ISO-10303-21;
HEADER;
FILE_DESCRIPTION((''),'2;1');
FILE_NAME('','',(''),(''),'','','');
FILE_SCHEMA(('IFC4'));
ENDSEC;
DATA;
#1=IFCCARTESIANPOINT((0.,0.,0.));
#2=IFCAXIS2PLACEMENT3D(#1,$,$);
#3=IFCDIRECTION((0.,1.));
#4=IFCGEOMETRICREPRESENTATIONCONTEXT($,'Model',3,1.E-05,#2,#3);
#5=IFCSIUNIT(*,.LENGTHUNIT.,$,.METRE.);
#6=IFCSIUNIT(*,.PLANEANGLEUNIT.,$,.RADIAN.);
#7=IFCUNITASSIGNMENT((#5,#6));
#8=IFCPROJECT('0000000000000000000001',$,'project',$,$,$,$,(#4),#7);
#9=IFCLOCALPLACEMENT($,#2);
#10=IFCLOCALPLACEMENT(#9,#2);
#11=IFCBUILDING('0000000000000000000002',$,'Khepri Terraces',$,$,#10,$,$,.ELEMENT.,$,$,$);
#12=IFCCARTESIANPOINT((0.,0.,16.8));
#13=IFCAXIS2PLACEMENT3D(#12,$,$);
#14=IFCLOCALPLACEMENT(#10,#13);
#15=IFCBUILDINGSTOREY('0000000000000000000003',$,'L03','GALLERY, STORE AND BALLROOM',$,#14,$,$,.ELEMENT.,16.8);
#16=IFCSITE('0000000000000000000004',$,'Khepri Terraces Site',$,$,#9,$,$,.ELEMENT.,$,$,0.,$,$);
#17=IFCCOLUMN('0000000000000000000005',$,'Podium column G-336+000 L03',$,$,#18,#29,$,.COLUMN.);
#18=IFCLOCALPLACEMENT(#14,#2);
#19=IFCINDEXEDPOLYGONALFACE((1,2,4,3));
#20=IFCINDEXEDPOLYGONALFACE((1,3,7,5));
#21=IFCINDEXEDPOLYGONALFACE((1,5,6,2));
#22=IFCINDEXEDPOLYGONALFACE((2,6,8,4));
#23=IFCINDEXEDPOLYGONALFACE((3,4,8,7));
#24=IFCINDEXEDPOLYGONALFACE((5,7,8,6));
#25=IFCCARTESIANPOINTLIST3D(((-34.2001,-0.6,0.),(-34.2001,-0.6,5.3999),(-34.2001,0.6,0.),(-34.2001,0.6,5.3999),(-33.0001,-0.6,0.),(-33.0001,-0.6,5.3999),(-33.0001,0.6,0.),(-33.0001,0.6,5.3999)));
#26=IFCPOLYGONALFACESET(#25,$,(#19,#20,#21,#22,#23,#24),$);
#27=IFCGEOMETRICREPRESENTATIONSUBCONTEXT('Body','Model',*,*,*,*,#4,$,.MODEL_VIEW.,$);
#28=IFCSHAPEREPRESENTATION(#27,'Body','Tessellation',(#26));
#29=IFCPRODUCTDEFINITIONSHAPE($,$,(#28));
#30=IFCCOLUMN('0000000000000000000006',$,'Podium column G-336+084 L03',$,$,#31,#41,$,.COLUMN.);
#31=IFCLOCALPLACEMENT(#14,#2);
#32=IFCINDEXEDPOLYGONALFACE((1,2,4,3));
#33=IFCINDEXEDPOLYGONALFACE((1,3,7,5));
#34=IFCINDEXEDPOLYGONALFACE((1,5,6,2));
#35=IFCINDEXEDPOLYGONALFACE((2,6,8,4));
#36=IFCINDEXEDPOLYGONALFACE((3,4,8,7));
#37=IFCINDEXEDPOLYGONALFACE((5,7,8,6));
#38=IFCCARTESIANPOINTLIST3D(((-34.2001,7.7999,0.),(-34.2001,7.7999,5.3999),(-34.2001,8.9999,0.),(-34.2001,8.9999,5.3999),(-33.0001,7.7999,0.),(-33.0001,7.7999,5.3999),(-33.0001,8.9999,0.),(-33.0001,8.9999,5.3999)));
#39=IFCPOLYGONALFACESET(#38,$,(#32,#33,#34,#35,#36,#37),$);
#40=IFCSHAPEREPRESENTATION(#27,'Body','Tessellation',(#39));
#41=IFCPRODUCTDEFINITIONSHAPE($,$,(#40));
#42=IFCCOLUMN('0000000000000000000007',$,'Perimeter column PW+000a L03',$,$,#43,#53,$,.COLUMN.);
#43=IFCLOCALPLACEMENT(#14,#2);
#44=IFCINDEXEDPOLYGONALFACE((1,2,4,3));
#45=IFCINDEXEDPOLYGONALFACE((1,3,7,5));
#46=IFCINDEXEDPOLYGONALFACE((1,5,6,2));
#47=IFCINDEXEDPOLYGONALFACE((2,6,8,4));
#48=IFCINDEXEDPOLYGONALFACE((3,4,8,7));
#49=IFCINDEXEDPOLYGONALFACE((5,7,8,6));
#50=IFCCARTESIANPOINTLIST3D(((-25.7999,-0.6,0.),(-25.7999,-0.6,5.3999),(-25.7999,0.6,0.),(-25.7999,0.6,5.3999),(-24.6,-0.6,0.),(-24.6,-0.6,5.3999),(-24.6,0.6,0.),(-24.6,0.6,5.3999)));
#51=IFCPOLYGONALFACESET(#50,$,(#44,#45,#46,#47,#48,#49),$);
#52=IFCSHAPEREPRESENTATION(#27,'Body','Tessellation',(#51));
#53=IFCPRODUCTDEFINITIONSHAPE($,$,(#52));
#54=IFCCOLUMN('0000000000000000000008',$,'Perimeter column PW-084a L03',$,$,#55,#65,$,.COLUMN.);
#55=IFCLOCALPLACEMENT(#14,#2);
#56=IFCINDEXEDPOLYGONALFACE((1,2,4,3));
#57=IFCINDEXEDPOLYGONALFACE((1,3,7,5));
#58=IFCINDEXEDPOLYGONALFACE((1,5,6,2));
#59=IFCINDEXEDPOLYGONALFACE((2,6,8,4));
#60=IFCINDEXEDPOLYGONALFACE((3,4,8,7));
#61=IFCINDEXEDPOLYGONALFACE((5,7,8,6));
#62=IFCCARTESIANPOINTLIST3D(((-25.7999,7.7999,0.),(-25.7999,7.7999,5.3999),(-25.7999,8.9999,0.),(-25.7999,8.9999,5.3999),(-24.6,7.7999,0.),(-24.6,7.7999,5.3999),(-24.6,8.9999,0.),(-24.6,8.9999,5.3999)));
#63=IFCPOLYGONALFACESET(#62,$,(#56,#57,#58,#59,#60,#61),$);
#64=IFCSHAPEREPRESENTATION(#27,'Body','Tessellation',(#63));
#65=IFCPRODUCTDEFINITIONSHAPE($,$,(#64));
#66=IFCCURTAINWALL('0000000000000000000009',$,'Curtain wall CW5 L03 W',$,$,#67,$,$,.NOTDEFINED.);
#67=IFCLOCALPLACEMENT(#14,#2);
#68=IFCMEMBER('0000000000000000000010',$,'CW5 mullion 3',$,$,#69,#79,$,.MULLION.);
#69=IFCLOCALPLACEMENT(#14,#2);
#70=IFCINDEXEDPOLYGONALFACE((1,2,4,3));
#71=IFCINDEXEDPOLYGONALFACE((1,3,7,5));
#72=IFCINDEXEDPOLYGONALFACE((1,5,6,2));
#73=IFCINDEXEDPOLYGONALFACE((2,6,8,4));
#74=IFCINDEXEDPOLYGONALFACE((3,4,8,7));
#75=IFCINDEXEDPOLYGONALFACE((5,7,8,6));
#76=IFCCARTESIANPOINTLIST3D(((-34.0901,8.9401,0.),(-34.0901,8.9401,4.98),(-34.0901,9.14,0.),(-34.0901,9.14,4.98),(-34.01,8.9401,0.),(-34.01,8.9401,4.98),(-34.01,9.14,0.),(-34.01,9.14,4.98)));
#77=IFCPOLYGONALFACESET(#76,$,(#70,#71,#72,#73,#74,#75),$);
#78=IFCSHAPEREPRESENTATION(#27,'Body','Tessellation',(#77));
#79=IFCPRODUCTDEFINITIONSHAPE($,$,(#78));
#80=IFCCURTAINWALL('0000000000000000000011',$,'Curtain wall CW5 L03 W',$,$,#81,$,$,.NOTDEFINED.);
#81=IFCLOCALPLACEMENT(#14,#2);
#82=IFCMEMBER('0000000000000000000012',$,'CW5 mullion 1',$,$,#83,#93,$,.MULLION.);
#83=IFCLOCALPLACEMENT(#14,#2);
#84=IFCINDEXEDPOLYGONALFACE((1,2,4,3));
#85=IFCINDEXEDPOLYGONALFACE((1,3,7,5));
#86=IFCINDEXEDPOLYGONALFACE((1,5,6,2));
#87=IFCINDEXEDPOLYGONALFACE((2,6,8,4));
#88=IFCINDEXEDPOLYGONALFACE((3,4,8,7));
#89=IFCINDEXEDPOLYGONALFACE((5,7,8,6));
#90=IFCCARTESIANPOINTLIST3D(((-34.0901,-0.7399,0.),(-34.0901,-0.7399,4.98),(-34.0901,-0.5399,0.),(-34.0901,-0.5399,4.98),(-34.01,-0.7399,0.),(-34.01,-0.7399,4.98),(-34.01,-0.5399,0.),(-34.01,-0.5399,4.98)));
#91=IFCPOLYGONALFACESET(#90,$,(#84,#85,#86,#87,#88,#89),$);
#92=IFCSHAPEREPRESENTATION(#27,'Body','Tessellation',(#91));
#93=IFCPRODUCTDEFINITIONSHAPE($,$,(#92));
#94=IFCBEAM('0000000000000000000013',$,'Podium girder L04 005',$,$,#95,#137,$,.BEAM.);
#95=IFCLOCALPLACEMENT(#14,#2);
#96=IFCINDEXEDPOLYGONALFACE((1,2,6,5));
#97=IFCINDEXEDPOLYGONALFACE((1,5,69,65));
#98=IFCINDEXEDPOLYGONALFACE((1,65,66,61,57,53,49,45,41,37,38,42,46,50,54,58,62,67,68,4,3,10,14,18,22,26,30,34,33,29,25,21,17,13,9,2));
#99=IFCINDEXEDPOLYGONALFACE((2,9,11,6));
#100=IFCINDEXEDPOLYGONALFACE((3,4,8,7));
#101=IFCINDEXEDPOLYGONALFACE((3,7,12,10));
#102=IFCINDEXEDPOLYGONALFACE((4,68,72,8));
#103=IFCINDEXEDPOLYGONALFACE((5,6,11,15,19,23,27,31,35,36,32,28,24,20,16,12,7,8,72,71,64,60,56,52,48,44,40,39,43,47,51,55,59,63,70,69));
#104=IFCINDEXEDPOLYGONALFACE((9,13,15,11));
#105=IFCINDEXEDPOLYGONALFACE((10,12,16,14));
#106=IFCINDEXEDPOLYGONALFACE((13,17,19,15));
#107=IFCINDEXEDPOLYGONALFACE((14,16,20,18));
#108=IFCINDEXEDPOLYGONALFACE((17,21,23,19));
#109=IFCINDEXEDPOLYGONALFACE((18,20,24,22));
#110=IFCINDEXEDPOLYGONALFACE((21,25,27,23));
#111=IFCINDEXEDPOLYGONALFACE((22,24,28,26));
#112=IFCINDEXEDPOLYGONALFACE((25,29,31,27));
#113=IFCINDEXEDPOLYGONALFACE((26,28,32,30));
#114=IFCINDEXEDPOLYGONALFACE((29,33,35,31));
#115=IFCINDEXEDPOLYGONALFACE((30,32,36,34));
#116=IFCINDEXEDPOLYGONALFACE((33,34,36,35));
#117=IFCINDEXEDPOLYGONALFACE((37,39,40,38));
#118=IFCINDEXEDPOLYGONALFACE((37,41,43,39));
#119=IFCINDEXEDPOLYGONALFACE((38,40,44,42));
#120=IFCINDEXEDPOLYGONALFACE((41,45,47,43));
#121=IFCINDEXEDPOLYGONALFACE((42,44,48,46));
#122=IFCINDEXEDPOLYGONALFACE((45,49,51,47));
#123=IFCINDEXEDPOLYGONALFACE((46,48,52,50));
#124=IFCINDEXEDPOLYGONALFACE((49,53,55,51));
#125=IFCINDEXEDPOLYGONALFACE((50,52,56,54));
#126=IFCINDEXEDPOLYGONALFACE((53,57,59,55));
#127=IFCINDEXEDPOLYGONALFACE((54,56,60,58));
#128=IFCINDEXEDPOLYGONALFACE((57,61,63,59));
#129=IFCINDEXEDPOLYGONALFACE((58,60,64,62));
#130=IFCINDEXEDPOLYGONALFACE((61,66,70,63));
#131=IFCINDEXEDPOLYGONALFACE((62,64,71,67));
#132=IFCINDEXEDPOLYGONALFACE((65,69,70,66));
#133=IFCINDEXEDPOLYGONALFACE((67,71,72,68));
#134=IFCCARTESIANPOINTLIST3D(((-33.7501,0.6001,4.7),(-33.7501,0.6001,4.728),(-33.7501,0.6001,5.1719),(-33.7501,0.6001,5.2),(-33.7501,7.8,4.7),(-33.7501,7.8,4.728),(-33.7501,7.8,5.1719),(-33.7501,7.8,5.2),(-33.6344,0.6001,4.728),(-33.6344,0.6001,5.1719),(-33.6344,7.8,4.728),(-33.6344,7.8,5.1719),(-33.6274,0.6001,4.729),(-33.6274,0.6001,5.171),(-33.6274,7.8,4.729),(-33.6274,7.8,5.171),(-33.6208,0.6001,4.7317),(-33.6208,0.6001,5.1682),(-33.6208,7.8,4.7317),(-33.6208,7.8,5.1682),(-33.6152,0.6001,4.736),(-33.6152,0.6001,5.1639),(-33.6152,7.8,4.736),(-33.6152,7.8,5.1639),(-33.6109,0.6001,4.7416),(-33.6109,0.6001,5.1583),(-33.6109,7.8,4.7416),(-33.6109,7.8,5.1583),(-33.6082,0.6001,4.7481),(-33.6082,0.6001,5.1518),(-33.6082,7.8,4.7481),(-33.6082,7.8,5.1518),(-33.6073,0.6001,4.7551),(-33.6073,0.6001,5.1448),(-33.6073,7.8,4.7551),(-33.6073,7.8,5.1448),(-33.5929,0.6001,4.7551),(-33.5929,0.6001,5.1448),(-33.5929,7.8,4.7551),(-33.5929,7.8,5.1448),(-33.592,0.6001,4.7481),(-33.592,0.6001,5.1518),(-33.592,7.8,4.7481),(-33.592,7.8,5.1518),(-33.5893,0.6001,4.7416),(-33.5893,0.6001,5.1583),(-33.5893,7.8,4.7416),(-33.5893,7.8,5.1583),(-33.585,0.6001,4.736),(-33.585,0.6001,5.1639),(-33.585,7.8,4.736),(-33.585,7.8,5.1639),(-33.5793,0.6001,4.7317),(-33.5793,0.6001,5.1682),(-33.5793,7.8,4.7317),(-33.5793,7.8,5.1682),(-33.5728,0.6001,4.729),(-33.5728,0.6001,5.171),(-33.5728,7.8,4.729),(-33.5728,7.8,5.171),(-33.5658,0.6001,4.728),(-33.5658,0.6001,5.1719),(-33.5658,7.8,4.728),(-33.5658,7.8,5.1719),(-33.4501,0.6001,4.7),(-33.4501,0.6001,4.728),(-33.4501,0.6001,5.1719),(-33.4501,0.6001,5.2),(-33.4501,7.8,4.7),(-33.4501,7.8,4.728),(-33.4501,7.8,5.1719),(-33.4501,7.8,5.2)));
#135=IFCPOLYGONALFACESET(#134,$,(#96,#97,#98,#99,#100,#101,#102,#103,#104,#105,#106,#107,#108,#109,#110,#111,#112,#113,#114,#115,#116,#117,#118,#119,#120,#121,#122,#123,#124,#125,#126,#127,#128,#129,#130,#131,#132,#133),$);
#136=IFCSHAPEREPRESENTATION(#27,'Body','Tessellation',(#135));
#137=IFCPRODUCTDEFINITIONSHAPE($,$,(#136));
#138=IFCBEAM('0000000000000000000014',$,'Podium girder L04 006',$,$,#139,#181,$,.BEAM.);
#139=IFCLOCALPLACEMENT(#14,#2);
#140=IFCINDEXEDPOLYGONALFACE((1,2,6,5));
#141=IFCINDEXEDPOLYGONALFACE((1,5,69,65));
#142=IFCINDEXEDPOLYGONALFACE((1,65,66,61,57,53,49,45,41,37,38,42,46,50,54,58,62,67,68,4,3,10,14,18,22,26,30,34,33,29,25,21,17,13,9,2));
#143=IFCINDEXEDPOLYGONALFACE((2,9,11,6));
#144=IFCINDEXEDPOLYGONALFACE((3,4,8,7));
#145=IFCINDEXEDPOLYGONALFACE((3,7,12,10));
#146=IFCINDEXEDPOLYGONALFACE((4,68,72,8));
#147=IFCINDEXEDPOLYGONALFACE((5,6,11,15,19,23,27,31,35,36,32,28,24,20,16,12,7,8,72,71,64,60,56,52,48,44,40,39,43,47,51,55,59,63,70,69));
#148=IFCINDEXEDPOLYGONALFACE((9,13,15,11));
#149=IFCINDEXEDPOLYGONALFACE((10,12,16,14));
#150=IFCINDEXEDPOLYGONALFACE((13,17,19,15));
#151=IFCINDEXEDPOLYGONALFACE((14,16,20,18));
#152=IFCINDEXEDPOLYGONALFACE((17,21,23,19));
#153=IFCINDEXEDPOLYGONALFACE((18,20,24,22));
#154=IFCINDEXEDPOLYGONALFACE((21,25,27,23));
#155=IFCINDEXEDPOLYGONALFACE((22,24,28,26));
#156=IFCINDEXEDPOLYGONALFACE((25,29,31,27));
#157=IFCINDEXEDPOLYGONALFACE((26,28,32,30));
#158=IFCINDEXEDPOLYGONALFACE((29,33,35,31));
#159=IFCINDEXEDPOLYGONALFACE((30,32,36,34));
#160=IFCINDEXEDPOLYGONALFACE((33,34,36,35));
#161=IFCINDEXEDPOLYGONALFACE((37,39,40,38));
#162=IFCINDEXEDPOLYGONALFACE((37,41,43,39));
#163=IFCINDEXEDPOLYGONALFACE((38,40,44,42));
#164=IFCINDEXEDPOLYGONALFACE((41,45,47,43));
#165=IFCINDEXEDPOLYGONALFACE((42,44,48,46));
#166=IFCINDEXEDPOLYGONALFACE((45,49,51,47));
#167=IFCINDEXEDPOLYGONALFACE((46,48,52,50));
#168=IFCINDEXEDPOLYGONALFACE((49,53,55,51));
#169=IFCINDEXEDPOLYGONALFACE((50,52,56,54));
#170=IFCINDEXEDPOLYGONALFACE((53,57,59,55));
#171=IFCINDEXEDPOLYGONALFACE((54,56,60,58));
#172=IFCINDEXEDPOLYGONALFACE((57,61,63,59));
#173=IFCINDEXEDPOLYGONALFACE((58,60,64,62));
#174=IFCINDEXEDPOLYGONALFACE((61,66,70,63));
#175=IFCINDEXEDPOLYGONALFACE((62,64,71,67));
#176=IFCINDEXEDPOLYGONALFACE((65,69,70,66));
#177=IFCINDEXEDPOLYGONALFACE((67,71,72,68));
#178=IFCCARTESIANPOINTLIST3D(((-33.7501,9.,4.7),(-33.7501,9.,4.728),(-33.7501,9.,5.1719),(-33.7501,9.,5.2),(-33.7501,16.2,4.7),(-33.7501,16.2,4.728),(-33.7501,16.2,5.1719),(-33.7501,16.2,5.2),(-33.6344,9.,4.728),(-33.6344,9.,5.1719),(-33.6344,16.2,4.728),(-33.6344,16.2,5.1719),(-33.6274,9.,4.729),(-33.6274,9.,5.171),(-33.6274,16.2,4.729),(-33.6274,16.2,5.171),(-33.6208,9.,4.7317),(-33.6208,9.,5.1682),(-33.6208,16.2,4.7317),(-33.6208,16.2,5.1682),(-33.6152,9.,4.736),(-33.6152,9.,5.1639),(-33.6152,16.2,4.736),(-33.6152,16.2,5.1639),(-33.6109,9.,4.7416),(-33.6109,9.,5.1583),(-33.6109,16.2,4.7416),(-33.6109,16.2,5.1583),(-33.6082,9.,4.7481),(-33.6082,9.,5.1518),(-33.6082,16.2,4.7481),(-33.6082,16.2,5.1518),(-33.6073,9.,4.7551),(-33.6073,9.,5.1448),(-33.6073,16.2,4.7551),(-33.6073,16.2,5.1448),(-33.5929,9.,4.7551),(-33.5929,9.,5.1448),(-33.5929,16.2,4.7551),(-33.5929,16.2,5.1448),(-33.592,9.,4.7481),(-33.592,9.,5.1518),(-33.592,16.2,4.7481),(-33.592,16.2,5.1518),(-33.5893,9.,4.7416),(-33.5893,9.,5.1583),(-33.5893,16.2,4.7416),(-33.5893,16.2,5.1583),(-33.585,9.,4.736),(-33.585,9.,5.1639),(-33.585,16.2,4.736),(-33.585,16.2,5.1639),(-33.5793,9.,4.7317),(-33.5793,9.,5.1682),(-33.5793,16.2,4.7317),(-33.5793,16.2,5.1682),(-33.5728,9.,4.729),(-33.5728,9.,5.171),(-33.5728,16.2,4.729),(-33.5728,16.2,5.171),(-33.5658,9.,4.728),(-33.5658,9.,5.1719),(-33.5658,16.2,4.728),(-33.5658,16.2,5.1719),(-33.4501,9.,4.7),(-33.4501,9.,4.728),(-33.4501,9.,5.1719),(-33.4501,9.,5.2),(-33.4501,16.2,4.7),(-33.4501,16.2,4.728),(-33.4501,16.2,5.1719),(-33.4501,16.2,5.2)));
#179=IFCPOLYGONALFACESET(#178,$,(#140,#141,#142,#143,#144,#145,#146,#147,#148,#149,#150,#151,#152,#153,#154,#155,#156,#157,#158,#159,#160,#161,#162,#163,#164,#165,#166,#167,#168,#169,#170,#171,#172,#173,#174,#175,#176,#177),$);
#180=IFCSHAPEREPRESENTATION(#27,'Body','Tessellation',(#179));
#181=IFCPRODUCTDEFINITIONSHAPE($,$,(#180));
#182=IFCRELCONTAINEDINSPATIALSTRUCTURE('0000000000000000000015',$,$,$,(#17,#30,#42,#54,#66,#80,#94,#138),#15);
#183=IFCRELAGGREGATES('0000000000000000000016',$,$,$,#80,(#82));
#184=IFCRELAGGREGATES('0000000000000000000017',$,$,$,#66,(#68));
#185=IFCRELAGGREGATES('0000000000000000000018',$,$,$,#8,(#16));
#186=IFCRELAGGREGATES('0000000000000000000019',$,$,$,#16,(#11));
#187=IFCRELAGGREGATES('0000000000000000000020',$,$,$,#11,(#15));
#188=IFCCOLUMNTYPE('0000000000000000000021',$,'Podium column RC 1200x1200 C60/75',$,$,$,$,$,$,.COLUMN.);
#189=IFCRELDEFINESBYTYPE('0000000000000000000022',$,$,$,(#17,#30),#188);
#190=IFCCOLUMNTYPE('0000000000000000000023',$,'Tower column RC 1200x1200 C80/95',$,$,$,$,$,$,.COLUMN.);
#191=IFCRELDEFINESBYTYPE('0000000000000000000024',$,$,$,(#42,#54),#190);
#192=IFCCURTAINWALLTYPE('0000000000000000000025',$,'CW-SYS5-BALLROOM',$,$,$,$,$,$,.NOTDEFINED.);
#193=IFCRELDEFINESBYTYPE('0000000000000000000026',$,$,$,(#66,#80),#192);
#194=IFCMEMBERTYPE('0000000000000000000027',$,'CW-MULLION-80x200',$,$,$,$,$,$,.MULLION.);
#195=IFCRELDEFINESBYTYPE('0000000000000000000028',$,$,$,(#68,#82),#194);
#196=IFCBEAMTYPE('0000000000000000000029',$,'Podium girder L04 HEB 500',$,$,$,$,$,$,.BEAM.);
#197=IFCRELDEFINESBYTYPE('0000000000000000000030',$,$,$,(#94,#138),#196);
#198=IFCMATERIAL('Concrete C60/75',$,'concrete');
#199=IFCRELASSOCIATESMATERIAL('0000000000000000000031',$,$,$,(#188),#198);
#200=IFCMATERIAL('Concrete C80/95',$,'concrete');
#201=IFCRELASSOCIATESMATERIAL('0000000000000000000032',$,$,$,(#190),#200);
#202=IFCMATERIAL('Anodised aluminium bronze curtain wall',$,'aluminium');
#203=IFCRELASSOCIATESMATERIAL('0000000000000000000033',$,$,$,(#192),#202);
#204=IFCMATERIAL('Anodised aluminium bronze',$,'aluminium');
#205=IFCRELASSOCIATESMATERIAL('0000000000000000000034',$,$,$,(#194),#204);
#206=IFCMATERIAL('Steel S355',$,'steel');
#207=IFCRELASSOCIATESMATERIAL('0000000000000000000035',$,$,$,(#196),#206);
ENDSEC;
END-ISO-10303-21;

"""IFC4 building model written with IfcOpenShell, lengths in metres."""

from ifc_helpers import new_model, si_unit, direction, frame, origin, origin_2d, place, context, subcontext, project, spatial, rectangle, i_section, extrude, material, material_profile, profile_set, type_object, element, aggregate, save


model = new_model("IFC4")

# Units and contexts
model_context = context("Model", 3, precision=1e-05, world=origin(), true_north=direction((0.0, 1.0)))
body_context = subcontext(model_context, "Body", "Model", "MODEL_VIEW")
ifc_project = project(units=[si_unit("LENGTHUNIT", "METRE"), si_unit("PLANEANGLEUNIT", "RADIAN")], contexts=[model_context])

# Site, building, storey
site_placement = place(None, origin())
site = spatial("IfcSite", under=ifc_project, at=site_placement, Name="Khepri Terraces Site", CompositionType="ELEMENT", RefElevation=0.0)
building_placement = place(site_placement, origin())
building = spatial("IfcBuilding", under=site, at=building_placement, Name="Khepri Terraces", CompositionType="ELEMENT")
storey_placement = place(building_placement, frame((0.0, 0.0, 16.8)))
storey = spatial("IfcBuildingStorey", under=building, at=storey_placement, Name="L03", Description="GALLERY, STORE AND BALLROOM", CompositionType="ELEMENT", Elevation=16.8)

# Columns
ifc_material_1 = material(Name="Concrete C60/75", Category="concrete")
ifc_material_profile_1 = material_profile(ifc_material_1, rectangle(XDim=1.2, YDim=1.2, at=origin_2d()), Name="Concrete C60/75", Category="concrete")
ifc_profile_set_1 = profile_set([ifc_material_profile_1], Name="Concrete C60/75")
column_type_1 = type_object("IfcColumnType", Name="Podium column RC 1200x1200 C60/75", PredefinedType="COLUMN", material=ifc_profile_set_1)
for number, where, z_axis, x_axis, name in (
    (1, (-33.6001, 0.0, 0.0), (0.0, 0.0, 1.0), (1.0, 0.0, 0.0), "Podium column G-336+000 L03"),
    (2, (-33.6001, 8.3999, 0.0), (0.0, 0.0, 1.0), (1.0, 0.0, 0.0), "Podium column G-336+084 L03"),
):
    element("IfcColumn", number, at=place(storey_placement, frame(where, z_axis=z_axis, x_axis=x_axis)), inside=storey, type_object=column_type_1, Name=name, PredefinedType="COLUMN", context=body_context, shape_type="SweptSolid", body=[
        extrude(rectangle(XDim=1.2, YDim=1.2, at=origin_2d()), origin(), (0.0, 0.0, 1.0), 5.3999),
    ])
ifc_material_2 = material(Name="Concrete C80/95", Category="concrete")
ifc_material_profile_2 = material_profile(ifc_material_2, rectangle(XDim=1.2, YDim=1.2, at=origin_2d()), Name="Concrete C80/95", Category="concrete")
ifc_profile_set_2 = profile_set([ifc_material_profile_2], Name="Concrete C80/95")
column_type_2 = type_object("IfcColumnType", Name="Tower column RC 1200x1200 C80/95", PredefinedType="COLUMN", material=ifc_profile_set_2)
for number, where, z_axis, x_axis, name in (
    (3, (-25.2, 0.0, 0.0), (0.0, 0.0, 1.0), (1.0, 0.0, 0.0), "Perimeter column PW+000a L03"),
    (4, (-25.2, 8.3999, 0.0), (0.0, 0.0, 1.0), (1.0, 0.0, 0.0), "Perimeter column PW-084a L03"),
):
    element("IfcColumn", number, at=place(storey_placement, frame(where, z_axis=z_axis, x_axis=x_axis)), inside=storey, type_object=column_type_2, Name=name, PredefinedType="COLUMN", context=body_context, shape_type="SweptSolid", body=[
        extrude(rectangle(XDim=1.2, YDim=1.2, at=origin_2d()), origin(), (0.0, 0.0, 1.0), 5.3999),
    ])

# Curtain walls, members
ifc_material_3 = material(Name="Anodised aluminium bronze curtain wall", Category="aluminium")
curtain_wall_type = type_object("IfcCurtainWallType", Name="CW-SYS5-BALLROOM", PredefinedType="NOTDEFINED", material=ifc_material_3)
curtain_wall_1_placement = place(storey_placement, origin())
curtain_wall_1 = element("IfcCurtainWall", 5, at=curtain_wall_1_placement, inside=storey, type_object=curtain_wall_type, Name="Curtain wall CW5 L03 W", PredefinedType="NOTDEFINED")
ifc_material_4 = material(Name="Anodised aluminium bronze", Category="aluminium")
ifc_material_profile_3 = material_profile(ifc_material_4, rectangle(XDim=0.0801, YDim=0.2, at=origin_2d()), Name="Anodised aluminium bronze", Category="aluminium")
ifc_profile_set_3 = profile_set([ifc_material_profile_3], Name="Anodised aluminium bronze")
member_type = type_object("IfcMemberType", Name="CW-MULLION-80x200", PredefinedType="MULLION", material=ifc_profile_set_3)
member_1_placement = place(storey_placement, frame((-34.05, 9.04, 0.0), z_axis=(0.0, 0.0, 1.0), x_axis=(1.0, 0.0, 0.0)))
member_1 = element("IfcMember", 6, at=member_1_placement, type_object=member_type, Name="CW5 mullion 3", PredefinedType="MULLION", context=body_context, shape_type="SweptSolid", body=[
    extrude(rectangle(XDim=0.0801, YDim=0.2, at=origin_2d()), origin(), (0.0, 0.0, 1.0), 4.98),
])
curtain_wall_2_placement = place(storey_placement, origin())
curtain_wall_2 = element("IfcCurtainWall", 7, at=curtain_wall_2_placement, inside=storey, type_object=curtain_wall_type, Name="Curtain wall CW5 L03 W", PredefinedType="NOTDEFINED")
member_2_placement = place(storey_placement, frame((-34.05, -0.6399, 0.0), z_axis=(0.0, 0.0, 1.0), x_axis=(1.0, 0.0, 0.0)))
member_2 = element("IfcMember", 8, at=member_2_placement, type_object=member_type, Name="CW5 mullion 1", PredefinedType="MULLION", context=body_context, shape_type="SweptSolid", body=[
    extrude(rectangle(XDim=0.0801, YDim=0.2, at=origin_2d()), origin(), (0.0, 0.0, 1.0), 4.98),
])
aggregate(curtain_wall_2, [member_2])

# Beams
ifc_material_5 = material(Name="Steel S355", Category="steel")
ifc_material_profile_4 = material_profile(ifc_material_5, i_section(OverallWidth=0.3, OverallDepth=0.5, WebThickness=0.0144, FlangeThickness=0.0281, FilletRadius=0.0271, at=origin_2d()), Name="Steel S355", Category="steel")
ifc_profile_set_4 = profile_set([ifc_material_profile_4], Name="Steel S355")
beam_type_1 = type_object("IfcBeamType", Name="Podium girder L04 HEB 500", PredefinedType="BEAM", material=ifc_profile_set_4)
for number, where, z_axis, x_axis, name in (
    (9, (-33.6001, 0.6001, 4.95), (0.0, 1.0, 0.0), (-1.0, 0.0, 0.0), "Podium girder L04 005"),
    (10, (-33.6001, 9.0, 4.95), (0.0, 1.0, 0.0), (-1.0, 0.0, 0.0), "Podium girder L04 006"),
):
    element("IfcBeam", number, at=place(storey_placement, frame(where, z_axis=z_axis, x_axis=x_axis)), inside=storey, type_object=beam_type_1, Name=name, PredefinedType="BEAM", context=body_context, shape_type="SweptSolid", body=[
        extrude(i_section(OverallWidth=0.3, OverallDepth=0.5, WebThickness=0.0144, FlangeThickness=0.0281, FilletRadius=0.0271, at=origin_2d()), origin(), (0.0, 0.0, 1.0), 7.2),
    ])

aggregate(curtain_wall_1, [member_1])

save(model, "model.ifc")
